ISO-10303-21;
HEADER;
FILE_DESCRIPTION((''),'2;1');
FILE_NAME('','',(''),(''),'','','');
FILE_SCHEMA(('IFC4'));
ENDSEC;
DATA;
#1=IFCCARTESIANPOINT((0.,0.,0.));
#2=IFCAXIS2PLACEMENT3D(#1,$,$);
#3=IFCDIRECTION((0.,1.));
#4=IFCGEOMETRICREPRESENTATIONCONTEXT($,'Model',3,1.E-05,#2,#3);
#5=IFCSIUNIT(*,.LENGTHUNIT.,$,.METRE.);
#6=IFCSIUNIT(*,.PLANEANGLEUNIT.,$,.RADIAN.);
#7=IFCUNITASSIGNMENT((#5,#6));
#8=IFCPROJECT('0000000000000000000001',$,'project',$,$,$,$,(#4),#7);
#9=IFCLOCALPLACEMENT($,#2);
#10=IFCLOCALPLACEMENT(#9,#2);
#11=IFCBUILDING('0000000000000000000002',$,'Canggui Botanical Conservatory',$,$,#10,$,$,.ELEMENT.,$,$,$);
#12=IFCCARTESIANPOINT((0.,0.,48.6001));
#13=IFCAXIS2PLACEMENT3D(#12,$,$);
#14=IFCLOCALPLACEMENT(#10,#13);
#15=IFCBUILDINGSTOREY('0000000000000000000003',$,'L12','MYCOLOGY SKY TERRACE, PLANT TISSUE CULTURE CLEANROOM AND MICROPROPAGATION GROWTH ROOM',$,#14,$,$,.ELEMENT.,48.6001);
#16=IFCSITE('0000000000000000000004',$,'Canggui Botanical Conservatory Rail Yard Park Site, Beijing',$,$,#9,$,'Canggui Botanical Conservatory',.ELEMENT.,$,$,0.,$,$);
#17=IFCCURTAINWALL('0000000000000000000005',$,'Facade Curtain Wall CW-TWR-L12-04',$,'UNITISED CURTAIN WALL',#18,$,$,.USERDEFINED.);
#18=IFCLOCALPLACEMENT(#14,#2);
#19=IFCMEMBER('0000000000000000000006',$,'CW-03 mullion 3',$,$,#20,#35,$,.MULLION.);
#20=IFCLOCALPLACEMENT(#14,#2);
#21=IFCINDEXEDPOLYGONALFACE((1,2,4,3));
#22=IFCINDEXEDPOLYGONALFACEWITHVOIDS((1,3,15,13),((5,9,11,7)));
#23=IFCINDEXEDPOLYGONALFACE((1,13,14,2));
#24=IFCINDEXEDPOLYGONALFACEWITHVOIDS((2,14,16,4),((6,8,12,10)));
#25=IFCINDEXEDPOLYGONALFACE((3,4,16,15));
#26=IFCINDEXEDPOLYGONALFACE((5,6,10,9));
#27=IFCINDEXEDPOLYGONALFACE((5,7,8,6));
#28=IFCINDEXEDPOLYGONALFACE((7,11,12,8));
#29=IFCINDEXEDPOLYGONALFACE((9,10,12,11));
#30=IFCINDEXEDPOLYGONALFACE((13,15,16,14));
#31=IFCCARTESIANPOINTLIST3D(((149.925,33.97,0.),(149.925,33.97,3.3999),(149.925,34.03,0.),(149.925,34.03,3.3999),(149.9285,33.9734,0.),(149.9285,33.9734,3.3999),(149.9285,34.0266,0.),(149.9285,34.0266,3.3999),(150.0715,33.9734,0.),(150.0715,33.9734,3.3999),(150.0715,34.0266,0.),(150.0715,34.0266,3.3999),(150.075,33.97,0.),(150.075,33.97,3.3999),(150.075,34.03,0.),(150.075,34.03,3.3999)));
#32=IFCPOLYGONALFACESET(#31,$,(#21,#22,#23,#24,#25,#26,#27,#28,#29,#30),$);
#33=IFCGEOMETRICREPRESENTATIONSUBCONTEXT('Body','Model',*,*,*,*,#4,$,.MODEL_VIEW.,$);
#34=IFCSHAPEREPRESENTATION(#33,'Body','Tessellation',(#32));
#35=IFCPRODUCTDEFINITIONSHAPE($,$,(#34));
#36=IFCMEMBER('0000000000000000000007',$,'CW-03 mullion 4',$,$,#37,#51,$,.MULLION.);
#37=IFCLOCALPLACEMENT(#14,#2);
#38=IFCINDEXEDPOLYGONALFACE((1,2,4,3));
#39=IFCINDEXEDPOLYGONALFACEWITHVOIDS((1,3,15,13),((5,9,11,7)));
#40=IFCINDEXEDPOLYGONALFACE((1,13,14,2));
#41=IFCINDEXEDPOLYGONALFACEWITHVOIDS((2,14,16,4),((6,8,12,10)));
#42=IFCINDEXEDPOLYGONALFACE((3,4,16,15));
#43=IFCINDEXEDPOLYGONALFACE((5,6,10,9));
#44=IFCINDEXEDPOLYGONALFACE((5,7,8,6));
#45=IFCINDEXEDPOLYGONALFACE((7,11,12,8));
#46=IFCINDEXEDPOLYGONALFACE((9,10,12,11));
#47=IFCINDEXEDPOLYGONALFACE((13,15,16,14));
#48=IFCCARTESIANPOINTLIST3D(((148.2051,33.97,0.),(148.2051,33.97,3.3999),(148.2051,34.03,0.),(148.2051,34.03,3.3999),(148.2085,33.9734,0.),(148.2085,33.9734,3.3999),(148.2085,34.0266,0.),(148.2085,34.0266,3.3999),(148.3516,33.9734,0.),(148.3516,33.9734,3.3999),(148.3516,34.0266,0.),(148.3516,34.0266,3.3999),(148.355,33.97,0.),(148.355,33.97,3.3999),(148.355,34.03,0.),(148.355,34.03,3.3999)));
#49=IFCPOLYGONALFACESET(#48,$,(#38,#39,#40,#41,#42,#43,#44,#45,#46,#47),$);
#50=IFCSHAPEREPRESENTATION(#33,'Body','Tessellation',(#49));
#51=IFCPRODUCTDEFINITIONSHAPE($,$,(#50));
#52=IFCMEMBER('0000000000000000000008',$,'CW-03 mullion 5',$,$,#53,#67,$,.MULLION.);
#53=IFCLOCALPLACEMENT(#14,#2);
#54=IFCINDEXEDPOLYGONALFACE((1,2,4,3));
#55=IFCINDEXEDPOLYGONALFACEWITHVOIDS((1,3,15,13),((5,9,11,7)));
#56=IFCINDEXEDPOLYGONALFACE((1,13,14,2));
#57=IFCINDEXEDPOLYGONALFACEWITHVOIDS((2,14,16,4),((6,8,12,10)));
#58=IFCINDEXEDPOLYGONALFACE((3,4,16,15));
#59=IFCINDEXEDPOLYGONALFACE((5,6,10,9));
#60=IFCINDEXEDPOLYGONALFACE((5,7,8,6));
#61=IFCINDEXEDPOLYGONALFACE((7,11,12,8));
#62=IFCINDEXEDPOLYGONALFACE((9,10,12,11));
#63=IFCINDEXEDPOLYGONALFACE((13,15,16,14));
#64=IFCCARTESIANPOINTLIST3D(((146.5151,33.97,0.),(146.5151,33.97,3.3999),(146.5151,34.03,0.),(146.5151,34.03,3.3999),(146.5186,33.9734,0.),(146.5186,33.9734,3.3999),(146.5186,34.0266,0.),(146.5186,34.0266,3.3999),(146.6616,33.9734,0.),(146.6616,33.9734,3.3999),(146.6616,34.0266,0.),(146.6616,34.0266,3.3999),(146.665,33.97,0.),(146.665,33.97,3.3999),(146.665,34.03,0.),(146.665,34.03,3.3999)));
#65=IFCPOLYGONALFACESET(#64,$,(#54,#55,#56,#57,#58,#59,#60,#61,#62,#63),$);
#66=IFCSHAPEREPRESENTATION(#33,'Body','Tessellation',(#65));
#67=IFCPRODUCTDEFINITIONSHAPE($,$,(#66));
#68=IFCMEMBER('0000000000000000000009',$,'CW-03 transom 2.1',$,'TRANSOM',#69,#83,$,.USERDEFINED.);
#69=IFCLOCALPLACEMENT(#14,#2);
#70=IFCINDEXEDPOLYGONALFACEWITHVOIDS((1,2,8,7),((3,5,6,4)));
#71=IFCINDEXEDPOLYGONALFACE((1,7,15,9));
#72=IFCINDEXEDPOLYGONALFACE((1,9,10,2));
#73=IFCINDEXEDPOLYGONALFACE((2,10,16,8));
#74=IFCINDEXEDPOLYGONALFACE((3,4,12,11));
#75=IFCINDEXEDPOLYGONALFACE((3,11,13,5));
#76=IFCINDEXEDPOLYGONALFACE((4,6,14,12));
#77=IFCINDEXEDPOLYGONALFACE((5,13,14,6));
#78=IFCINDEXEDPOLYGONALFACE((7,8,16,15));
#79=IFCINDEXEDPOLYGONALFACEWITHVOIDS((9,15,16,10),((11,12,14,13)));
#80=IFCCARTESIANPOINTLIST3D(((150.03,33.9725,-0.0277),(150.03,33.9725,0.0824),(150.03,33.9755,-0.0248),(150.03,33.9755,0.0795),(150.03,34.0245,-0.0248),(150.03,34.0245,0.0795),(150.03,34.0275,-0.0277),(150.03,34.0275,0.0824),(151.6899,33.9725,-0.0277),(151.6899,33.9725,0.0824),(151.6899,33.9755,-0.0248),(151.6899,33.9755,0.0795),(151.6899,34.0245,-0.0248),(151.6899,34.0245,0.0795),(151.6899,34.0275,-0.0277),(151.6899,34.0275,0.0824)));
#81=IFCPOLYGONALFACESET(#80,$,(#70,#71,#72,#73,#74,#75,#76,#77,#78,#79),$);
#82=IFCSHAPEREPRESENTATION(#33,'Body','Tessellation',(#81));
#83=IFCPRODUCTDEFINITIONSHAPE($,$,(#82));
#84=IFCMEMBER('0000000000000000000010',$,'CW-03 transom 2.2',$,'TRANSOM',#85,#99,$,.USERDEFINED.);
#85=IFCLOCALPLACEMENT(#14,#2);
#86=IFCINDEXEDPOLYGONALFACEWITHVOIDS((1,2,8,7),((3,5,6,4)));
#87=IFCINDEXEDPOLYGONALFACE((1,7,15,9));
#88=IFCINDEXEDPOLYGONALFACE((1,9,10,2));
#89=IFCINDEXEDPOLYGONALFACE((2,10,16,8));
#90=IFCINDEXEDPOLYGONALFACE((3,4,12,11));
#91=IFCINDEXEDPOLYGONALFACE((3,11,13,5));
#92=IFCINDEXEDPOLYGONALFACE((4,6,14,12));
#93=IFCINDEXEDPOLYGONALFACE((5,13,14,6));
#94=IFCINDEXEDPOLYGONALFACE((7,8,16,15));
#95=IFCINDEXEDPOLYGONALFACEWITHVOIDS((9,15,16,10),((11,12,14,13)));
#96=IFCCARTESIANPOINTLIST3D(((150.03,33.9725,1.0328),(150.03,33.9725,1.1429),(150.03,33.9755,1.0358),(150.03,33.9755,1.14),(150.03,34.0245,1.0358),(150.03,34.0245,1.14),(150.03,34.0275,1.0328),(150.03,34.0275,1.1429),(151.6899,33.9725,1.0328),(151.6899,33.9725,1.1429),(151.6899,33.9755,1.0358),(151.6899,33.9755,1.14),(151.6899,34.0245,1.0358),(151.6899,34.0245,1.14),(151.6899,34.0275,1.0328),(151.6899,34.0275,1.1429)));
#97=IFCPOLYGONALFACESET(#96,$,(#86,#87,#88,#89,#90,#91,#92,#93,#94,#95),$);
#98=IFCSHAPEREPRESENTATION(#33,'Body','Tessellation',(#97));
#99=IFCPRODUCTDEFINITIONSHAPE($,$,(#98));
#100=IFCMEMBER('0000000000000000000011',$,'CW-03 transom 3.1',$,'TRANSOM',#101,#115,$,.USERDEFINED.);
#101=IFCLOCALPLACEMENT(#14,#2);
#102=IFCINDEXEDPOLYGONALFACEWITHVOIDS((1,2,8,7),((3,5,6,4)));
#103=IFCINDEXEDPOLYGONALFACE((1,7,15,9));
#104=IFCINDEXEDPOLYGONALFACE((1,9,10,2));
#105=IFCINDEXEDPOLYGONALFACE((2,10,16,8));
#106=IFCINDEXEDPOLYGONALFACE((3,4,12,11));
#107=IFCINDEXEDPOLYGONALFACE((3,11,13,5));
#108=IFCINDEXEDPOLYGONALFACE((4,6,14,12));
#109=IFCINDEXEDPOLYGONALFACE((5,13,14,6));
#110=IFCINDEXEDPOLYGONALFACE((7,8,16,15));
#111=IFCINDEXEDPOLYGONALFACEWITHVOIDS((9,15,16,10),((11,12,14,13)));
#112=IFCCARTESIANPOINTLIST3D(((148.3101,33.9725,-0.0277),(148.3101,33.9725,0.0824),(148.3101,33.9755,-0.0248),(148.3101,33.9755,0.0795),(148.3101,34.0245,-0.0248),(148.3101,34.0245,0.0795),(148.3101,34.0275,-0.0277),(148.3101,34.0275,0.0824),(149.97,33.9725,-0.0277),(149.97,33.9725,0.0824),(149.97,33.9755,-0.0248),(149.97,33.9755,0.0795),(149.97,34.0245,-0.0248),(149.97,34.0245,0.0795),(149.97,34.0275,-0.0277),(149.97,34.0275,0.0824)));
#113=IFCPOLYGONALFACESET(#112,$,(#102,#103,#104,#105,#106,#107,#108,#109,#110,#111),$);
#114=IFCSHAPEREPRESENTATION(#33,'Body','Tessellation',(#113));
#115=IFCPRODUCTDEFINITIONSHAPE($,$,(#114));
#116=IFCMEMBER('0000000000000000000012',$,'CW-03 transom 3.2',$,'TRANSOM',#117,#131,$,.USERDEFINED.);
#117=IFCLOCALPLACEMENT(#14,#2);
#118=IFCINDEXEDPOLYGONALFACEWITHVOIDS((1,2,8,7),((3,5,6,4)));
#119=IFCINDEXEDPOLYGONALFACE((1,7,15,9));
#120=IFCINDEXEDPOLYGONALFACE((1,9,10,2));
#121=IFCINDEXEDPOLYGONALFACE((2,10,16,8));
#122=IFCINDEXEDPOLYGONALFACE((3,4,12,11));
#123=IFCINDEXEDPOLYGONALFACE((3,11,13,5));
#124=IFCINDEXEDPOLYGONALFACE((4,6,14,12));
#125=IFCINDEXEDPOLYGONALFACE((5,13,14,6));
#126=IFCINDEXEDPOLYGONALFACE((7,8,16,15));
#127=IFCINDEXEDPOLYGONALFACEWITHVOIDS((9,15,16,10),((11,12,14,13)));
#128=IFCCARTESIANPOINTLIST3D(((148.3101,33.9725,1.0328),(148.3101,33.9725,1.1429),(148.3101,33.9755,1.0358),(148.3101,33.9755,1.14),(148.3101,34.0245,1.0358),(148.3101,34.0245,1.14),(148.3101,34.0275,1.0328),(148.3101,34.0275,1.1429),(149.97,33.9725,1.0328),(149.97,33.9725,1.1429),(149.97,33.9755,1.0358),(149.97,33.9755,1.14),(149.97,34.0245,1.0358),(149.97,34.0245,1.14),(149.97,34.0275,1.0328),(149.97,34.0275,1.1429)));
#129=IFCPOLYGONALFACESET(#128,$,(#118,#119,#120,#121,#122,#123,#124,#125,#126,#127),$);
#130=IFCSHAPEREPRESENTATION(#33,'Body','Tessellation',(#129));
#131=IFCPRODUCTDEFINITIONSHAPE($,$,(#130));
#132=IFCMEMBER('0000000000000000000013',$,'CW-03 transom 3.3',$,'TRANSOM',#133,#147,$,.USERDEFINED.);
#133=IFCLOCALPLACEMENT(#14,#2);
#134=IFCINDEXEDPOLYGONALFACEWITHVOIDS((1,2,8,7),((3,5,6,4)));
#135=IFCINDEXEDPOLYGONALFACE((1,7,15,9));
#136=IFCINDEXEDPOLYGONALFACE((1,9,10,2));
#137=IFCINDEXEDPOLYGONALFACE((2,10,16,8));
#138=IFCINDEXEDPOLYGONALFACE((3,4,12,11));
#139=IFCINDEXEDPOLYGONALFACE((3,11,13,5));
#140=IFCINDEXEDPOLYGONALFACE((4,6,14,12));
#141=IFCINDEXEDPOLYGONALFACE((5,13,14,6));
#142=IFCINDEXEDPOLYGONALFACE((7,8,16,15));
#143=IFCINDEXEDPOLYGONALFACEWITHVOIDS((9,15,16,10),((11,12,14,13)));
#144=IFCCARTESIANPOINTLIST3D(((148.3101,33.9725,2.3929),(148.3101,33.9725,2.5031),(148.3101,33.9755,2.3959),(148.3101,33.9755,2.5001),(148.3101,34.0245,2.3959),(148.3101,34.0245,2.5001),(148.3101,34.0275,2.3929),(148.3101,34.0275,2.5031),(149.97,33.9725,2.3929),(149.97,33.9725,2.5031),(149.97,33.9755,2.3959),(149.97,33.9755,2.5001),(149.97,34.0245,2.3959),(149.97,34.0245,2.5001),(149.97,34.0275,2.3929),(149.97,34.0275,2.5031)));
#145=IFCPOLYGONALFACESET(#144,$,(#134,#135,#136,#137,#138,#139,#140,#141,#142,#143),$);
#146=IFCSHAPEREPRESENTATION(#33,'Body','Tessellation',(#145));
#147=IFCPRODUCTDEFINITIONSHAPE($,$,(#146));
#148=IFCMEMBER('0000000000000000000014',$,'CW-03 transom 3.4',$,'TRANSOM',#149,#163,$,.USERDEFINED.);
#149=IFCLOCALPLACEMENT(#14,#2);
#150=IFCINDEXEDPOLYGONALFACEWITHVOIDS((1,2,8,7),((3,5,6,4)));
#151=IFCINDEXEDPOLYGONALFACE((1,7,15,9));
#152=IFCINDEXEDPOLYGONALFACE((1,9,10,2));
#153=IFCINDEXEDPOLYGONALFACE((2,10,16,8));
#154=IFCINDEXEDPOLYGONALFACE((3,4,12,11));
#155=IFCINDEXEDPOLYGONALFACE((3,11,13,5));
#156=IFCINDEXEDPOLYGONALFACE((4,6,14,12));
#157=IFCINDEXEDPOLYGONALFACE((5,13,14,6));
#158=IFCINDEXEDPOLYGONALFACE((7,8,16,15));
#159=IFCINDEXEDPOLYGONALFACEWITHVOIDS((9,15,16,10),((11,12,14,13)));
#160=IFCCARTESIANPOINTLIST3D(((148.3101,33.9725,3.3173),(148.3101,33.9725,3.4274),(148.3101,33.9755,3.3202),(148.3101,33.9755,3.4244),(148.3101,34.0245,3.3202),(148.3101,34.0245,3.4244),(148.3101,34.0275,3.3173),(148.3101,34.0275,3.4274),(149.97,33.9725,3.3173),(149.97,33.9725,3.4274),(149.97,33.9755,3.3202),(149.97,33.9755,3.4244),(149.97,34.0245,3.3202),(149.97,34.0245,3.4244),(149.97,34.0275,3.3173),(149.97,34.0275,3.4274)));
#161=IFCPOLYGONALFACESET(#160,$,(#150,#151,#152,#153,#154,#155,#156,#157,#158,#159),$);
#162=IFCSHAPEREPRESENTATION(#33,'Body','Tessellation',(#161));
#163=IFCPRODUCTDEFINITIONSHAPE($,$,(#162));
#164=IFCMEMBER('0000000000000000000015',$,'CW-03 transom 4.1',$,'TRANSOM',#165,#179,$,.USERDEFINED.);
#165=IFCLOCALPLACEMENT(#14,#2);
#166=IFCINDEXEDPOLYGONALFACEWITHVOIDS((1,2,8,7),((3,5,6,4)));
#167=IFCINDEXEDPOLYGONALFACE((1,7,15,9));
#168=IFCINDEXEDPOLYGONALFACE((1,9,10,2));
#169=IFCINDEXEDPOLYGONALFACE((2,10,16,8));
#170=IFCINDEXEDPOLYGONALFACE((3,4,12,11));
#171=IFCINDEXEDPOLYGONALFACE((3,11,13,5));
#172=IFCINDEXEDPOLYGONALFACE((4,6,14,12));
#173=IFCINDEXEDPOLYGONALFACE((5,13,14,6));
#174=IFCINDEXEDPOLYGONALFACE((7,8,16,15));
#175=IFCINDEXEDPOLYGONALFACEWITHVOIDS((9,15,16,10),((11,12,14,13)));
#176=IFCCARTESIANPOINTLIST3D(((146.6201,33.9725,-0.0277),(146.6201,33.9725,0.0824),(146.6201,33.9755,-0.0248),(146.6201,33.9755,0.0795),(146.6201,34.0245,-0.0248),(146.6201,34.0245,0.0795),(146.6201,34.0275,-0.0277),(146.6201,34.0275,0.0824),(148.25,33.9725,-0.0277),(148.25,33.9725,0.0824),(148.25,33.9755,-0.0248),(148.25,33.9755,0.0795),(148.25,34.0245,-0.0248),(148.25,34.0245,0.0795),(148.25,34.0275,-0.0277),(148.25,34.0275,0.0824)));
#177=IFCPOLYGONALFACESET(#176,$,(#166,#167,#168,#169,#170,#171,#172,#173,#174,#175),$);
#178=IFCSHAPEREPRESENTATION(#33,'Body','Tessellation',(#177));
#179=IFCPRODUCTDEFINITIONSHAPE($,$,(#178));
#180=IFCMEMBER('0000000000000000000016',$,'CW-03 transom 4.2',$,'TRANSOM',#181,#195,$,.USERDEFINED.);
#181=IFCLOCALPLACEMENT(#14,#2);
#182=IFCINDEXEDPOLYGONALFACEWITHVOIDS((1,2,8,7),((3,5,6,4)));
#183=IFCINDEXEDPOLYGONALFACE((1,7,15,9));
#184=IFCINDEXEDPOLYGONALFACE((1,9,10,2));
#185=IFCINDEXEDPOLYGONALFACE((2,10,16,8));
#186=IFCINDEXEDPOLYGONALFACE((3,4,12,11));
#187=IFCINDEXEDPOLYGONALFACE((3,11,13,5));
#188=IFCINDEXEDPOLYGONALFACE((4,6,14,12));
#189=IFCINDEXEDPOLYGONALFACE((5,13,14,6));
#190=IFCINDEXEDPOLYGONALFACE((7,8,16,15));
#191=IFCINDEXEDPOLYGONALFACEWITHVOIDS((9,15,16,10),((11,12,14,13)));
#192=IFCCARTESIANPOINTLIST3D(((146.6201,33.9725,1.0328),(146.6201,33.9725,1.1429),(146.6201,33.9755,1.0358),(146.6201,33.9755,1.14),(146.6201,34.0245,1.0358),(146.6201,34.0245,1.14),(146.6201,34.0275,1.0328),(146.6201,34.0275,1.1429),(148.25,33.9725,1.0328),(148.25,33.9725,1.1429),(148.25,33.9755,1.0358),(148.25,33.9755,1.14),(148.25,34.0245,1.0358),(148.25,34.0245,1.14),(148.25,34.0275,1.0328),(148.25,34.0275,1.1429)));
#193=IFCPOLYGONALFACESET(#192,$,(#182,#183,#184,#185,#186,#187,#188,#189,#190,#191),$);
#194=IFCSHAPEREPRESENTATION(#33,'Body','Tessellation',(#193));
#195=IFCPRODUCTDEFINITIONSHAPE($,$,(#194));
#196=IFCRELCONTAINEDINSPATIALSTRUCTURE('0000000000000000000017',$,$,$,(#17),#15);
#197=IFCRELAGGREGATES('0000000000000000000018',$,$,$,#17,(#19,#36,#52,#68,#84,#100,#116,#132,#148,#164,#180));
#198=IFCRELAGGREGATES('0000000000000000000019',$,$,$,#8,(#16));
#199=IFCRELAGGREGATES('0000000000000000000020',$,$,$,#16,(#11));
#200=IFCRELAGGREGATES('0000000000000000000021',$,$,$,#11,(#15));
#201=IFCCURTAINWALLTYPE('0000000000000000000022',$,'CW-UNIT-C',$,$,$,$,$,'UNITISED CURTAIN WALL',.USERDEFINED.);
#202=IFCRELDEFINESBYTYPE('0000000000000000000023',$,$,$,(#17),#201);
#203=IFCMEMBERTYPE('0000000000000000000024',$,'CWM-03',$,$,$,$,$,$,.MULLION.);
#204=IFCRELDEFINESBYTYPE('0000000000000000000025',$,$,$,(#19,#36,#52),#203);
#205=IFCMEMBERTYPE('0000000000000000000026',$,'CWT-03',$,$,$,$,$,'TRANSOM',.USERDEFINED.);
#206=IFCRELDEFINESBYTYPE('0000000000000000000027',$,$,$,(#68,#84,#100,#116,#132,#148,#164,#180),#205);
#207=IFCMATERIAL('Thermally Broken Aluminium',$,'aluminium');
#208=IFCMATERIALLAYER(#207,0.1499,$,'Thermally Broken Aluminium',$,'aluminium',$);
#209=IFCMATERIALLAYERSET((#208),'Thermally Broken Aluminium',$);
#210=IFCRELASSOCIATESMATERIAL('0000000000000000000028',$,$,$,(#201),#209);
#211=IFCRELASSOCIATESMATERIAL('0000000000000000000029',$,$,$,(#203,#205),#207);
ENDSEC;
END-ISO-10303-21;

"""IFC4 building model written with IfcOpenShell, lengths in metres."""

from ifc_helpers import new_model, si_unit, direction, frame, origin, origin_2d, place, context, subcontext, project, spatial, hollow_rectangle, extrude, material, layer, layer_set, material_profile, profile_set, type_object, element, aggregate, save


model = new_model("IFC4")

# Units and contexts
model_context = context("Model", 3, precision=1e-05, world=origin(), true_north=direction((0.0, 1.0)))
body_context = subcontext(model_context, "Body", "Model", "MODEL_VIEW")
ifc_project = project(units=[si_unit("LENGTHUNIT", "METRE"), si_unit("PLANEANGLEUNIT", "RADIAN")], contexts=[model_context])

# Site, building, storey
site_placement = place(None, origin())
site = spatial("IfcSite", under=ifc_project, at=site_placement, Name="Canggui Botanical Conservatory Rail Yard Park Site, Beijing", LongName="Canggui Botanical Conservatory", CompositionType="ELEMENT", RefElevation=0.0)
building_placement = place(site_placement, origin())
building = spatial("IfcBuilding", under=site, at=building_placement, Name="Canggui Botanical Conservatory", CompositionType="ELEMENT")
storey_placement = place(building_placement, frame((0.0, 0.0, 48.6001)))
storey = spatial("IfcBuildingStorey", under=building, at=storey_placement, Name="L12", Description="MYCOLOGY SKY TERRACE, PLANT TISSUE CULTURE CLEANROOM AND MICROPROPAGATION GROWTH ROOM", CompositionType="ELEMENT", Elevation=48.6001)

# Curtain wall, members
ifc_material_1 = material(Name="Thermally Broken Aluminium", Category="aluminium")
ifc_layer_1 = layer(ifc_material_1, 0.1499, Name="Thermally Broken Aluminium", Category="aluminium")
ifc_layer_set_1 = layer_set([ifc_layer_1], Name="Thermally Broken Aluminium")
curtain_wall_type = type_object("IfcCurtainWallType", Name="CW-UNIT-C", ElementType="UNITISED CURTAIN WALL", PredefinedType="USERDEFINED", material=ifc_layer_set_1)
curtain_wall_placement = place(storey_placement, origin())
curtain_wall = element("IfcCurtainWall", 1, at=curtain_wall_placement, inside=storey, type_object=curtain_wall_type, Name="Facade Curtain Wall CW-TWR-L12-04", ObjectType="UNITISED CURTAIN WALL", PredefinedType="USERDEFINED")
ifc_material_profile_1 = material_profile(ifc_material_1, hollow_rectangle(XDim=0.0601, YDim=0.1499, WallThickness=0.0034, at=origin_2d()), Name="CWM 60x150x3.5")
ifc_profile_set_1 = profile_set([ifc_material_profile_1], Name="Thermally Broken Aluminium")
member_type_1 = type_object("IfcMemberType", Name="CWM-03", PredefinedType="MULLION", material=ifc_profile_set_1)
member_1_placement = place(storey_placement, frame((150.0, 34.0, 0.0), z_axis=(0.0, 0.0, 1.0), x_axis=(0.0, -1.0, 0.0)))
member_1 = element("IfcMember", 2, at=member_1_placement, type_object=member_type_1, Name="CW-03 mullion 3", PredefinedType="MULLION", context=body_context, shape_type="SweptSolid", body=[
    extrude(hollow_rectangle(XDim=0.0601, YDim=0.1499, WallThickness=0.0034, at=origin_2d()), origin(), (0.0, 0.0, 1.0), 3.3999),
])
member_2_placement = place(storey_placement, frame((148.28, 34.0, 0.0), z_axis=(0.0, 0.0, 1.0), x_axis=(0.0, -1.0, 0.0)))
member_2 = element("IfcMember", 3, at=member_2_placement, type_object=member_type_1, Name="CW-03 mullion 4", PredefinedType="MULLION", context=body_context, shape_type="SweptSolid", body=[
    extrude(hollow_rectangle(XDim=0.0601, YDim=0.1499, WallThickness=0.0034, at=origin_2d()), origin(), (0.0, 0.0, 1.0), 3.3999),
])
member_3_placement = place(storey_placement, frame((146.5901, 34.0, 0.0), z_axis=(0.0, 0.0, 1.0), x_axis=(0.0, -1.0, 0.0)))
member_3 = element("IfcMember", 4, at=member_3_placement, type_object=member_type_1, Name="CW-03 mullion 5", PredefinedType="MULLION", context=body_context, shape_type="SweptSolid", body=[
    extrude(hollow_rectangle(XDim=0.0601, YDim=0.1499, WallThickness=0.0034, at=origin_2d()), origin(), (0.0, 0.0, 1.0), 3.3999),
])
ifc_material_profile_2 = material_profile(ifc_material_1, hollow_rectangle(XDim=0.0549, YDim=0.1101, WallThickness=0.0029, at=origin_2d()), Name="CWT 55x110x3")
ifc_profile_set_2 = profile_set([ifc_material_profile_2], Name="Thermally Broken Aluminium")
member_type_2 = type_object("IfcMemberType", Name="CWT-03", ElementType="TRANSOM", PredefinedType="USERDEFINED", material=ifc_profile_set_2)
member_4_placement = place(storey_placement, frame((151.6899, 34.0, 0.0273), z_axis=(-1.0, 0.0, 0.0), x_axis=(0.0, -1.0, 0.0)))
member_4 = element("IfcMember", 5, at=member_4_placement, type_object=member_type_2, Name="CW-03 transom 2.1", ObjectType="TRANSOM", PredefinedType="USERDEFINED", context=body_context, shape_type="SweptSolid", body=[
    extrude(hollow_rectangle(XDim=0.0549, YDim=0.1101, WallThickness=0.0029, at=origin_2d()), origin(), (0.0, 0.0, 1.0), 1.6599),
])
member_5_placement = place(storey_placement, frame((151.6899, 34.0, 1.0879), z_axis=(-1.0, 0.0, 0.0), x_axis=(0.0, -1.0, 0.0)))
member_5 = element("IfcMember", 6, at=member_5_placement, type_object=member_type_2, Name="CW-03 transom 2.2", ObjectType="TRANSOM", PredefinedType="USERDEFINED", context=body_context, shape_type="SweptSolid", body=[
    extrude(hollow_rectangle(XDim=0.0549, YDim=0.1101, WallThickness=0.0029, at=origin_2d()), origin(), (0.0, 0.0, 1.0), 1.6599),
])
member_6_placement = place(storey_placement, frame((149.97, 34.0, 0.0273), z_axis=(-1.0, 0.0, 0.0), x_axis=(0.0, -1.0, 0.0)))
member_6 = element("IfcMember", 7, at=member_6_placement, type_object=member_type_2, Name="CW-03 transom 3.1", ObjectType="TRANSOM", PredefinedType="USERDEFINED", context=body_context, shape_type="SweptSolid", body=[
    extrude(hollow_rectangle(XDim=0.0549, YDim=0.1101, WallThickness=0.0029, at=origin_2d()), origin(), (0.0, 0.0, 1.0), 1.6599),
])
member_7_placement = place(storey_placement, frame((149.97, 34.0, 1.0879), z_axis=(-1.0, 0.0, 0.0), x_axis=(0.0, -1.0, 0.0)))
member_7 = element("IfcMember", 8, at=member_7_placement, type_object=member_type_2, Name="CW-03 transom 3.2", ObjectType="TRANSOM", PredefinedType="USERDEFINED", context=body_context, shape_type="SweptSolid", body=[
    extrude(hollow_rectangle(XDim=0.0549, YDim=0.1101, WallThickness=0.0029, at=origin_2d()), origin(), (0.0, 0.0, 1.0), 1.6599),
])
member_8_placement = place(storey_placement, frame((149.97, 34.0, 2.448), z_axis=(-1.0, 0.0, 0.0), x_axis=(0.0, -1.0, 0.0)))
member_8 = element("IfcMember", 9, at=member_8_placement, type_object=member_type_2, Name="CW-03 transom 3.3", ObjectType="TRANSOM", PredefinedType="USERDEFINED", context=body_context, shape_type="SweptSolid", body=[
    extrude(hollow_rectangle(XDim=0.0549, YDim=0.1101, WallThickness=0.0029, at=origin_2d()), origin(), (0.0, 0.0, 1.0), 1.6599),
])
member_9_placement = place(storey_placement, frame((149.97, 34.0, 3.3723), z_axis=(-1.0, 0.0, 0.0), x_axis=(0.0, -1.0, 0.0)))
member_9 = element("IfcMember", 10, at=member_9_placement, type_object=member_type_2, Name="CW-03 transom 3.4", ObjectType="TRANSOM", PredefinedType="USERDEFINED", context=body_context, shape_type="SweptSolid", body=[
    extrude(hollow_rectangle(XDim=0.0549, YDim=0.1101, WallThickness=0.0029, at=origin_2d()), origin(), (0.0, 0.0, 1.0), 1.6599),
])
member_10_placement = place(storey_placement, frame((148.25, 34.0, 0.0273), z_axis=(-1.0, 0.0, 0.0), x_axis=(0.0, -1.0, 0.0)))
member_10 = element("IfcMember", 11, at=member_10_placement, type_object=member_type_2, Name="CW-03 transom 4.1", ObjectType="TRANSOM", PredefinedType="USERDEFINED", context=body_context, shape_type="SweptSolid", body=[
    extrude(hollow_rectangle(XDim=0.0549, YDim=0.1101, WallThickness=0.0029, at=origin_2d()), origin(), (0.0, 0.0, 1.0), 1.6299),
])
member_11_placement = place(storey_placement, frame((148.25, 34.0, 1.0879), z_axis=(-1.0, 0.0, 0.0), x_axis=(0.0, -1.0, 0.0)))
member_11 = element("IfcMember", 12, at=member_11_placement, type_object=member_type_2, Name="CW-03 transom 4.2", ObjectType="TRANSOM", PredefinedType="USERDEFINED", context=body_context, shape_type="SweptSolid", body=[
    extrude(hollow_rectangle(XDim=0.0549, YDim=0.1101, WallThickness=0.0029, at=origin_2d()), origin(), (0.0, 0.0, 1.0), 1.6299),
])
aggregate(curtain_wall, [member_1, member_2, member_3, member_4, member_5, member_6, member_7, member_8, member_9, member_10, member_11])

save(model, "model.ifc")
